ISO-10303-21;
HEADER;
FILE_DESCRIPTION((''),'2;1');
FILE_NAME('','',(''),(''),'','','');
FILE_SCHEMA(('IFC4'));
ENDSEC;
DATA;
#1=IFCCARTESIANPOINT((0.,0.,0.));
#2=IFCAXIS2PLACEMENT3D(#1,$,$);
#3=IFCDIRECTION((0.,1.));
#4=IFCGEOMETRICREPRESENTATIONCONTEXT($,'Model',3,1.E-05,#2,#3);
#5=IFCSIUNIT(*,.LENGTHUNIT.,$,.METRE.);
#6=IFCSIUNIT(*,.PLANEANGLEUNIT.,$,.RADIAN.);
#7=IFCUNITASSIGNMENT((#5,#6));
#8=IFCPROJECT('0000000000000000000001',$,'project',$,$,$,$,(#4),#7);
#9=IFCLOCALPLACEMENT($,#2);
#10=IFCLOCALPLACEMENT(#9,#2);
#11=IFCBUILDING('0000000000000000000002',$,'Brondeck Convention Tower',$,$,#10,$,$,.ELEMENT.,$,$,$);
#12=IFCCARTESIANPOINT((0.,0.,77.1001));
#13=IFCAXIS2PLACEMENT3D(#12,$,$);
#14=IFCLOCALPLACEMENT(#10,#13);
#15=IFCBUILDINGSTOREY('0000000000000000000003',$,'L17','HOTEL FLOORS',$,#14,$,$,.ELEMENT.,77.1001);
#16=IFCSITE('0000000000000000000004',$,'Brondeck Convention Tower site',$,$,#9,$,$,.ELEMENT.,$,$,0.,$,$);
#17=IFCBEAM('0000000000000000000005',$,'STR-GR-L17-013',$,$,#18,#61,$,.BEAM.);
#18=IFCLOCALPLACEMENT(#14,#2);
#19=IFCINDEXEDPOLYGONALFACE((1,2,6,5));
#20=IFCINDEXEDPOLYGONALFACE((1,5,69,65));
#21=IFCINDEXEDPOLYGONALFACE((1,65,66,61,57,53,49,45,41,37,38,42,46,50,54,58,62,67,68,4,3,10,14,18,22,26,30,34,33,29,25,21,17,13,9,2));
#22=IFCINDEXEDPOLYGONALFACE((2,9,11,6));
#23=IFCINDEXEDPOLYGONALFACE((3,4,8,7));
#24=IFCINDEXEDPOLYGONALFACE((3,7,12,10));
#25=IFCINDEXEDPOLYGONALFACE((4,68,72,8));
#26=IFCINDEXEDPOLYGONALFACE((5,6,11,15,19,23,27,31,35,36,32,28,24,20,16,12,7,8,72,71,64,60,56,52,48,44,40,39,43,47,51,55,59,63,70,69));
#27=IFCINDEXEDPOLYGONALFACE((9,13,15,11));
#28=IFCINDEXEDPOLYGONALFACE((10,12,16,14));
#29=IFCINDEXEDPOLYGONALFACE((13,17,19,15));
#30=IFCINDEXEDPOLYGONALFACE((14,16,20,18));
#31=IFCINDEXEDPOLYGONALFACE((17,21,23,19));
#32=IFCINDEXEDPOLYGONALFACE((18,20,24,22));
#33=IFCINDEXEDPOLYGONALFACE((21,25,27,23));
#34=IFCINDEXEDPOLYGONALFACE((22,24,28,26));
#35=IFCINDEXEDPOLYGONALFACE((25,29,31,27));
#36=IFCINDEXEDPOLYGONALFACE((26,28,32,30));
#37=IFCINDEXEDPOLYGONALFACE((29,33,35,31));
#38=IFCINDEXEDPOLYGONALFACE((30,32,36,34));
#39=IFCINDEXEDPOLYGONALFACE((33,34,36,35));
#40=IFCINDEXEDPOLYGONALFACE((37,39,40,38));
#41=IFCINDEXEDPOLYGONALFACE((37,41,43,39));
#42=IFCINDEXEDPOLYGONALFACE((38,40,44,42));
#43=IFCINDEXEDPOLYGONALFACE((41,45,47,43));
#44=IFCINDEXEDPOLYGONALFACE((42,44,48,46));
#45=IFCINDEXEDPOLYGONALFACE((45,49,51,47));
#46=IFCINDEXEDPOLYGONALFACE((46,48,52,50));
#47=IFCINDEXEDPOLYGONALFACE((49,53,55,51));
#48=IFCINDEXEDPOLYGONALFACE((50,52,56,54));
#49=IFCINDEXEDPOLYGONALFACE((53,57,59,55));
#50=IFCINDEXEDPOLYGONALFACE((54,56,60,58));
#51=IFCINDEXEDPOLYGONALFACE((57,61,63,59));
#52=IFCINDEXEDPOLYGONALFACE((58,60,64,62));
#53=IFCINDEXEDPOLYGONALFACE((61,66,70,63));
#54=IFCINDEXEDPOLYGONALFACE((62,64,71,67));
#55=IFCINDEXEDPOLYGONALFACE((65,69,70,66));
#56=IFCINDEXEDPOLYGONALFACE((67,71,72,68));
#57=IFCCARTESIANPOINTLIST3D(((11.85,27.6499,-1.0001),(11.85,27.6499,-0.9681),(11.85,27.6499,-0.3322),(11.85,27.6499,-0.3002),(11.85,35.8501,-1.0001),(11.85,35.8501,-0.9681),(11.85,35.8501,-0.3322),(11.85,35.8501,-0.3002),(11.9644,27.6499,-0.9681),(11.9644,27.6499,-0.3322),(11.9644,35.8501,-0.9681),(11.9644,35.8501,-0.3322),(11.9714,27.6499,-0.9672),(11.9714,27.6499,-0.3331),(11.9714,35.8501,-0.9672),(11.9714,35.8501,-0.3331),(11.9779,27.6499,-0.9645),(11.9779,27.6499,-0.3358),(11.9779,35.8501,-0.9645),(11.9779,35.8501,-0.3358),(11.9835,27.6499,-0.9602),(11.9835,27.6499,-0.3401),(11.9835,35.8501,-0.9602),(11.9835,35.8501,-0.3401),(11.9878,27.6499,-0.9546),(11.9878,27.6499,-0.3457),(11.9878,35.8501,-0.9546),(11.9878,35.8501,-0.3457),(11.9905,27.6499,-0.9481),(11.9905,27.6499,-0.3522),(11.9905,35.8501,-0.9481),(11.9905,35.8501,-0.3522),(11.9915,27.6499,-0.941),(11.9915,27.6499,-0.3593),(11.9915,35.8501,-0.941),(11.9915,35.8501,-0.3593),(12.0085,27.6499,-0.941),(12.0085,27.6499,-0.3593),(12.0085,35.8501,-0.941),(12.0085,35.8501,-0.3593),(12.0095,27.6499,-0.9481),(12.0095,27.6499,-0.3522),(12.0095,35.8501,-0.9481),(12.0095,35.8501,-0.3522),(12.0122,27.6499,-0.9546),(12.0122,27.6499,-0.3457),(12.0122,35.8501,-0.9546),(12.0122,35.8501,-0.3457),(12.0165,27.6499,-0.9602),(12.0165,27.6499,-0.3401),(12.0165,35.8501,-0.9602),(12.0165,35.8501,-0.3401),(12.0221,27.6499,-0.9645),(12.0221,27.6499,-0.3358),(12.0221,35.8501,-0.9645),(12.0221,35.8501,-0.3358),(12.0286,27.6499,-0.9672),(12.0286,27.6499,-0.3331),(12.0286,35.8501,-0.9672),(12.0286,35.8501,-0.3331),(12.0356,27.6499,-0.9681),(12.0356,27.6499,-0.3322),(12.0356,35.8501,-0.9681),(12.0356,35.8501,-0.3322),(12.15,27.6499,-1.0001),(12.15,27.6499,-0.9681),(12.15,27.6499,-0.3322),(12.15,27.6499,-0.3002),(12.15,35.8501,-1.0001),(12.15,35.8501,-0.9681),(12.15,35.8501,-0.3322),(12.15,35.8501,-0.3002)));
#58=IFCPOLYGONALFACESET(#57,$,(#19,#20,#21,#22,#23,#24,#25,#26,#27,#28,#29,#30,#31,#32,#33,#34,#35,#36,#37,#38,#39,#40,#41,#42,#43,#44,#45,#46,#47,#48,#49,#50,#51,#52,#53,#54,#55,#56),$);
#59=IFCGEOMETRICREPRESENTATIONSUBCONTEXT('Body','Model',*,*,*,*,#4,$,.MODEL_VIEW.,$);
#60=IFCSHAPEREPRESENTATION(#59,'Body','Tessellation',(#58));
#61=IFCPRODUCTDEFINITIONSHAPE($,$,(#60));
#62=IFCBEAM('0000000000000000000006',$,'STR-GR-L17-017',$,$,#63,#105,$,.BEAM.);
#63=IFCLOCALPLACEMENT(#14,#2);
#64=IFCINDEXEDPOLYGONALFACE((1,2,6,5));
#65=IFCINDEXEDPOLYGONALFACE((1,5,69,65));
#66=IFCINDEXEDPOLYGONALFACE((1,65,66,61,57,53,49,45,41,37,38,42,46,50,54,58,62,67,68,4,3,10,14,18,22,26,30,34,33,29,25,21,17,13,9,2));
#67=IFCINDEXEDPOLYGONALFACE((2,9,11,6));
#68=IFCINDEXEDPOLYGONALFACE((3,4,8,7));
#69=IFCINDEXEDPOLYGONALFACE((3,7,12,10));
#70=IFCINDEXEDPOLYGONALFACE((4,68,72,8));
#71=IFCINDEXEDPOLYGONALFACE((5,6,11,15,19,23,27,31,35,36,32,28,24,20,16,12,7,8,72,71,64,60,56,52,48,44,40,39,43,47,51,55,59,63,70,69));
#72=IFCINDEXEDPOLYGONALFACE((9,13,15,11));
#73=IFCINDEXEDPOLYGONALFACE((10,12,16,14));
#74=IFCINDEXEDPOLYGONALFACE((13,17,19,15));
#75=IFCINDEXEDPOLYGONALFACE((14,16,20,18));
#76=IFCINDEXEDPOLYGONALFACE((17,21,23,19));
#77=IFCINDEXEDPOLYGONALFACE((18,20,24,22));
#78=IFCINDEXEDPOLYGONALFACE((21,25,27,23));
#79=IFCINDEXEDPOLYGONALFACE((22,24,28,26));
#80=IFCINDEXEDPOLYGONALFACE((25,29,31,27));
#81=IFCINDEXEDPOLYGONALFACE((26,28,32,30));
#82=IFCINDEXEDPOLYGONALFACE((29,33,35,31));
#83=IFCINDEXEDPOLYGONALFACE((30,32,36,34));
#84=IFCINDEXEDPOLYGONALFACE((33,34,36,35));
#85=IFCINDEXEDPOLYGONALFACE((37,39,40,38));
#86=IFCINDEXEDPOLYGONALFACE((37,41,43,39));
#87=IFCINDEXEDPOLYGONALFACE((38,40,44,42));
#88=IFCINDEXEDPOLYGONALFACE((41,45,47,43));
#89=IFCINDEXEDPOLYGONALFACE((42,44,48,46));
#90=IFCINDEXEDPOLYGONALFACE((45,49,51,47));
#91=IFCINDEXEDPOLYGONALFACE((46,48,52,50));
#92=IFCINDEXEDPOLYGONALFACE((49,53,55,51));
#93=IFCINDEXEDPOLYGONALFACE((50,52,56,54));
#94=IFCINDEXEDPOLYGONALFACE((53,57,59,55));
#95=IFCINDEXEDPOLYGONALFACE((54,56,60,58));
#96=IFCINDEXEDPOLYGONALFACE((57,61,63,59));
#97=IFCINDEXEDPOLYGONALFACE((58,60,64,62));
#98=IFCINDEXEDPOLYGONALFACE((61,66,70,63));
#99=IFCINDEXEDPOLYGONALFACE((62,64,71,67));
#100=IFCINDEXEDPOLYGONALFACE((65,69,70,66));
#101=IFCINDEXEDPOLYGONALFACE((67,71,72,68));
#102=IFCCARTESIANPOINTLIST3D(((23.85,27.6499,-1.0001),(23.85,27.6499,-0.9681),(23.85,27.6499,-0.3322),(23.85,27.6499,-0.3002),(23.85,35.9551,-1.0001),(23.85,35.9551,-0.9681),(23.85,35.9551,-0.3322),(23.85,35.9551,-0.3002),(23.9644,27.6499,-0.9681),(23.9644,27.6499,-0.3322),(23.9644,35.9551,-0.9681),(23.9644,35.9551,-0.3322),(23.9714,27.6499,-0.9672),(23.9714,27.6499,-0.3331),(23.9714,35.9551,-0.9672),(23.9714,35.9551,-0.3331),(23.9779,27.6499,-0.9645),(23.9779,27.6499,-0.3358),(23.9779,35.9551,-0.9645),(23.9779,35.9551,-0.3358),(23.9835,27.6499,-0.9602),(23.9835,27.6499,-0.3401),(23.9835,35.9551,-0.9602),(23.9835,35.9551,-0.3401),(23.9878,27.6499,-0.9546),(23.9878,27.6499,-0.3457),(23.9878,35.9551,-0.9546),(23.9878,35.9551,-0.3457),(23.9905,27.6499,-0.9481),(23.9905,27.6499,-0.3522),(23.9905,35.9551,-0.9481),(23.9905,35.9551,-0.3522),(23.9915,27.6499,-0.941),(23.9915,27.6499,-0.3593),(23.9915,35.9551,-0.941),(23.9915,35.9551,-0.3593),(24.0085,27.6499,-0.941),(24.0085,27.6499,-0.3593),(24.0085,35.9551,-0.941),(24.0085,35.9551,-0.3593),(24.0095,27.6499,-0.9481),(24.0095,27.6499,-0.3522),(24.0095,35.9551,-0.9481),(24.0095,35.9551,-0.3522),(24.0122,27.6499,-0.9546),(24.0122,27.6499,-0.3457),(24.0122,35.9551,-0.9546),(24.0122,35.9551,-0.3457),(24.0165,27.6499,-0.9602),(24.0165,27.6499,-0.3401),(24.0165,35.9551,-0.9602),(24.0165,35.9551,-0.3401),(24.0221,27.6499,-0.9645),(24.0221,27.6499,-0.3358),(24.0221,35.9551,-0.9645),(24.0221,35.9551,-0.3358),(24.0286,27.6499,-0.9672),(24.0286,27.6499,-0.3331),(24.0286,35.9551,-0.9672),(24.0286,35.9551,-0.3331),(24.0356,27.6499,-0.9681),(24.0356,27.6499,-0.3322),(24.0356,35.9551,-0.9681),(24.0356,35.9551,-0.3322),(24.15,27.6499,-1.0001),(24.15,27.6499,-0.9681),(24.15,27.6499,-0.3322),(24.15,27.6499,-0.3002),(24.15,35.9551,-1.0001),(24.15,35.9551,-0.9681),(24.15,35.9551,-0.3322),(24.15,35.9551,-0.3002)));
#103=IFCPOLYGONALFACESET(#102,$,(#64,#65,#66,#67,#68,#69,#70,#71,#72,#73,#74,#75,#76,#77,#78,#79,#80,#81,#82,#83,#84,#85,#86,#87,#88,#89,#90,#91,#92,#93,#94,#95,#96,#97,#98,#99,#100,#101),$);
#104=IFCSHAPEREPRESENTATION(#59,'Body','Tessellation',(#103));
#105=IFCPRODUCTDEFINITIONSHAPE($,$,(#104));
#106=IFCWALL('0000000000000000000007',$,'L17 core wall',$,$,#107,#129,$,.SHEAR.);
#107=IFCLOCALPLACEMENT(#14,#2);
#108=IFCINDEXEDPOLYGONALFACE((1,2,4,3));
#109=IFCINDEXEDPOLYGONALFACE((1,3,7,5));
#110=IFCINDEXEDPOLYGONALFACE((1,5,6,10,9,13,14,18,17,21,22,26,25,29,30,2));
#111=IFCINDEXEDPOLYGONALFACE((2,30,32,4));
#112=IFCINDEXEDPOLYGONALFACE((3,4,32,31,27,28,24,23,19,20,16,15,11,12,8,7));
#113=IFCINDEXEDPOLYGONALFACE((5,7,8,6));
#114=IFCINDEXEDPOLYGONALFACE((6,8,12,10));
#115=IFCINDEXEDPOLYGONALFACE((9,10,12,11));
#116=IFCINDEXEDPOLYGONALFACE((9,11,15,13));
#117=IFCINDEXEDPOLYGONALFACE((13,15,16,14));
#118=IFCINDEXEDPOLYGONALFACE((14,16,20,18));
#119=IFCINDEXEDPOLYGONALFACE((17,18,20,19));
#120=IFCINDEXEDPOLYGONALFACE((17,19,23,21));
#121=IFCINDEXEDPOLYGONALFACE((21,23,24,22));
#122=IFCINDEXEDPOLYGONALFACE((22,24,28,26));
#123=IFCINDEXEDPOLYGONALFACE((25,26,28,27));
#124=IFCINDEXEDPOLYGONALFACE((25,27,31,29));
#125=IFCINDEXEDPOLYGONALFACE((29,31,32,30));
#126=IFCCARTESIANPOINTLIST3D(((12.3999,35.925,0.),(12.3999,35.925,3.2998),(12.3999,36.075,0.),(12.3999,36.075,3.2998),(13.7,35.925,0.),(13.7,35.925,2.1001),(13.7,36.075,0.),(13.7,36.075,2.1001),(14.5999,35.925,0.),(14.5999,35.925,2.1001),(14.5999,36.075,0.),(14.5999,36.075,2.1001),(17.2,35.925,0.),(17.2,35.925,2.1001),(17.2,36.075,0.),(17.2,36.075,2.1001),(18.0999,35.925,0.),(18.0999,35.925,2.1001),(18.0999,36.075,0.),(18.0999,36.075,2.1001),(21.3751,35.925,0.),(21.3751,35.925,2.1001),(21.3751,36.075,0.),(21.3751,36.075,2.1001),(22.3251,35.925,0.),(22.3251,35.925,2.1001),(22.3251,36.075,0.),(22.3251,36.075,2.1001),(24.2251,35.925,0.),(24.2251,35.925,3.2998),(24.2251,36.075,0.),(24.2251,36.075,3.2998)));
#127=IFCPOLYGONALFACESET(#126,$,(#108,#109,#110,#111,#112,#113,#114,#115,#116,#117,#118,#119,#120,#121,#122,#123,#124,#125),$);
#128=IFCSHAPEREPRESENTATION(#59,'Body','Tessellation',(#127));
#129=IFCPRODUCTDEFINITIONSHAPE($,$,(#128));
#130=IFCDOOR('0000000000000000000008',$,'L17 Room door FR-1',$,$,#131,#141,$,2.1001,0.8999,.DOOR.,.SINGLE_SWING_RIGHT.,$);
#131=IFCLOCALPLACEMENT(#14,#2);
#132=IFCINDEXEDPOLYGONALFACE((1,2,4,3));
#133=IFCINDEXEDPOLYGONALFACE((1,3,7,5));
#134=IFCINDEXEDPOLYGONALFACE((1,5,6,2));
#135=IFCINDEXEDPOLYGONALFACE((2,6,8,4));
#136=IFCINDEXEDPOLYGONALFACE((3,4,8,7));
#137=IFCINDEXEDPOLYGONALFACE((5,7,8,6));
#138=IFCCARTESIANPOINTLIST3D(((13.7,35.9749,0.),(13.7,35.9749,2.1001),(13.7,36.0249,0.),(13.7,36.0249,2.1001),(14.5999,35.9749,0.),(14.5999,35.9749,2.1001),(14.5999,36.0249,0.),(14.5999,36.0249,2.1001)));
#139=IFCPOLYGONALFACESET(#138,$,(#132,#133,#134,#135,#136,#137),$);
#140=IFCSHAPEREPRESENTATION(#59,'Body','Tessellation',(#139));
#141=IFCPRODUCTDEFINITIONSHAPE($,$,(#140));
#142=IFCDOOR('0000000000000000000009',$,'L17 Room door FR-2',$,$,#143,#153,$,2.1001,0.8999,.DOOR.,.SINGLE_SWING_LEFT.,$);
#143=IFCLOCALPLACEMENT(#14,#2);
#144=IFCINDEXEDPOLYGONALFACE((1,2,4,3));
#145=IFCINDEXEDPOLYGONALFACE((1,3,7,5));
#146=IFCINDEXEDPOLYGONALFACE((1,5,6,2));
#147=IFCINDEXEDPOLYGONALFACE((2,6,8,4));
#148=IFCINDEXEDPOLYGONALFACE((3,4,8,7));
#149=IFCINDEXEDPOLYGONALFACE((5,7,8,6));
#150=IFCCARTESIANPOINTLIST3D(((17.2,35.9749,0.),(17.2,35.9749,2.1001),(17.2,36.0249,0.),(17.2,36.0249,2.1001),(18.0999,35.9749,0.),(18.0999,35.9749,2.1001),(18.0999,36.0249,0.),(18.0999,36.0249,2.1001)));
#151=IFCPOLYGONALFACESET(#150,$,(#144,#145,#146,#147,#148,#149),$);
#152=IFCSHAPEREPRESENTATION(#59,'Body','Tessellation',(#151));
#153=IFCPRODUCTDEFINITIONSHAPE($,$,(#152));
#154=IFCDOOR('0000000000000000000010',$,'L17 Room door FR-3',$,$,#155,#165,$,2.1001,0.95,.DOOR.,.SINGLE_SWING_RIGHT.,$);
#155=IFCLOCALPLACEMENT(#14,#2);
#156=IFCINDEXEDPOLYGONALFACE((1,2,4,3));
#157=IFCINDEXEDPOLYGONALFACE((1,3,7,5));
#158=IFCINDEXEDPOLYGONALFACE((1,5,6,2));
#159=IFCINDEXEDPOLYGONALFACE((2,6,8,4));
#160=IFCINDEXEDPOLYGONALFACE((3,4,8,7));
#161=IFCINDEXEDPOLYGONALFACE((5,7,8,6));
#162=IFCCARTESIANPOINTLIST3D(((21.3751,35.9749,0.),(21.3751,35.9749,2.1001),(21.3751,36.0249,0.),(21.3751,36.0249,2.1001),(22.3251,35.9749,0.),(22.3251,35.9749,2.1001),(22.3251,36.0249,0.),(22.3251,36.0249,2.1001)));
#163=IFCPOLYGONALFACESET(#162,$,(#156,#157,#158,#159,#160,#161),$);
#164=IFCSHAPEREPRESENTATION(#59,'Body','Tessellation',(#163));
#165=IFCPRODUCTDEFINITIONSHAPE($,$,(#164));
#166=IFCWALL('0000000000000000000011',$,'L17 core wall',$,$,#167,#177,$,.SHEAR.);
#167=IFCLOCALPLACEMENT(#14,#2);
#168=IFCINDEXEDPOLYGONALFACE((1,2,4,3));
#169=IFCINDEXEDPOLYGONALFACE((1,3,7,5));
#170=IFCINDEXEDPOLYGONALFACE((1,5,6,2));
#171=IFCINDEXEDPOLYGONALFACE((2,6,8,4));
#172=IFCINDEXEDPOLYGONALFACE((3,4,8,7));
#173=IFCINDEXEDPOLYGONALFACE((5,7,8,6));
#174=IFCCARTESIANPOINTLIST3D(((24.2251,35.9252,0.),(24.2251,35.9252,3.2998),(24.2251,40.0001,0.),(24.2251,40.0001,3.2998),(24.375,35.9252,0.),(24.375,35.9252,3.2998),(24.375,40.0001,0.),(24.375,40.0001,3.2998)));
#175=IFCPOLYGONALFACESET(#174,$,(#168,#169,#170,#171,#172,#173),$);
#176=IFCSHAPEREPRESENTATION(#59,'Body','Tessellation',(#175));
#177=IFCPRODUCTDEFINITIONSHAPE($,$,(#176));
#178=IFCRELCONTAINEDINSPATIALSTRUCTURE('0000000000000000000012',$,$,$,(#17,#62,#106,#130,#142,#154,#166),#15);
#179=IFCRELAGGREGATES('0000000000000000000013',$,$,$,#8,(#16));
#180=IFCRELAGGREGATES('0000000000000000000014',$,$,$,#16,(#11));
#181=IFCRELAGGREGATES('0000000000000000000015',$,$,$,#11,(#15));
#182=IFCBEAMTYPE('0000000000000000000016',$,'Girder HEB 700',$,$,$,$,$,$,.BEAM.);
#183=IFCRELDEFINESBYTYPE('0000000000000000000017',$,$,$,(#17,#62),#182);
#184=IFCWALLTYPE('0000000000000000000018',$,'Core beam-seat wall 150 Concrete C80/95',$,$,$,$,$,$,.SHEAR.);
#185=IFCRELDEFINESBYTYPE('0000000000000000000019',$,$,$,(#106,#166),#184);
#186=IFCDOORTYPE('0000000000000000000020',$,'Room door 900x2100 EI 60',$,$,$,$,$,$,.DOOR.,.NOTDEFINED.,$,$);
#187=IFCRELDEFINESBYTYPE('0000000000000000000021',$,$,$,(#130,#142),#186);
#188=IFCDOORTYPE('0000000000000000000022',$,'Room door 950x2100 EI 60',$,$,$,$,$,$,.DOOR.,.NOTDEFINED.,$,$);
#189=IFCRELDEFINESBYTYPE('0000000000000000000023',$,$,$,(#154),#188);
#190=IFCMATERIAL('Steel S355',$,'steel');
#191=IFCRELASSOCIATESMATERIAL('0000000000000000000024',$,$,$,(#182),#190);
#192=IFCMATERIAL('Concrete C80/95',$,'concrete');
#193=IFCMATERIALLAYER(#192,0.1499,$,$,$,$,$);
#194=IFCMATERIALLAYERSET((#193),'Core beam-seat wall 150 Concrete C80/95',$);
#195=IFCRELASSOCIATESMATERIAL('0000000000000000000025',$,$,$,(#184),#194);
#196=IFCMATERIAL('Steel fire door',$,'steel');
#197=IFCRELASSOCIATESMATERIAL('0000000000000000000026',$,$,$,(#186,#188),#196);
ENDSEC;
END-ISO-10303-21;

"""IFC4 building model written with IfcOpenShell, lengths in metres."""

from ifc_helpers import new_model, si_unit, direction, frame, frame_2d, origin, origin_2d, place, context, subcontext, project, spatial, rectangle, i_section, extrude, material, layer, layer_set, material_profile, profile_set, type_object, element, fill, save


model = new_model("IFC4")

# Units and contexts
model_context = context("Model", 3, precision=1e-05, world=origin(), true_north=direction((0.0, 1.0)))
body_context = subcontext(model_context, "Body", "Model", "MODEL_VIEW")
ifc_project = project(units=[si_unit("LENGTHUNIT", "METRE"), si_unit("PLANEANGLEUNIT", "RADIAN")], contexts=[model_context])

# Site, building, storey
site_placement = place(None, origin())
site = spatial("IfcSite", under=ifc_project, at=site_placement, Name="Brondeck Convention Tower site", CompositionType="ELEMENT", RefElevation=0.0)
building_placement = place(site_placement, origin())
building = spatial("IfcBuilding", under=site, at=building_placement, Name="Brondeck Convention Tower", CompositionType="ELEMENT")
storey_placement = place(building_placement, frame((0.0, 0.0, 77.1001)))
storey = spatial("IfcBuildingStorey", under=building, at=storey_placement, Name="L17", Description="HOTEL FLOORS", CompositionType="ELEMENT", Elevation=77.1001)

# Beams
ifc_material_1 = material(Name="Steel S355", Category="steel")
ifc_material_profile = material_profile(ifc_material_1, i_section(OverallWidth=0.3, OverallDepth=0.7, WebThickness=0.0171, FlangeThickness=0.032, FilletRadius=0.0271, at=origin_2d()), Name="HEB 700")
ifc_profile_set = profile_set([ifc_material_profile], Name="Steel S355")
beam_type = type_object("IfcBeamType", Name="Girder HEB 700", PredefinedType="BEAM", material=ifc_profile_set)
beam_1_placement = place(storey_placement, frame((12.0, 35.8501, -0.6501), z_axis=(0.0, -1.0, 0.0), x_axis=(1.0, 0.0, 0.0)))
element("IfcBeam", 1, at=beam_1_placement, inside=storey, type_object=beam_type, Name="STR-GR-L17-013", PredefinedType="BEAM", context=body_context, shape_type="SweptSolid", body=[
    extrude(i_section(OverallWidth=0.3, OverallDepth=0.7, WebThickness=0.0171, FlangeThickness=0.032, FilletRadius=0.0271, at=origin_2d()), origin(), (0.0, 0.0, 1.0), 8.2002),
])
beam_2_placement = place(storey_placement, frame((24.0, 35.9551, -0.6501), z_axis=(0.0, -1.0, 0.0), x_axis=(1.0, 0.0, 0.0)))
element("IfcBeam", 2, at=beam_2_placement, inside=storey, type_object=beam_type, Name="STR-GR-L17-017", PredefinedType="BEAM", context=body_context, shape_type="SweptSolid", body=[
    extrude(i_section(OverallWidth=0.3, OverallDepth=0.7, WebThickness=0.0171, FlangeThickness=0.032, FilletRadius=0.0271, at=origin_2d()), origin(), (0.0, 0.0, 1.0), 8.3052),
])

# Wall, openings, doors
ifc_material_2 = material(Name="Concrete C80/95", Category="concrete")
ifc_layer_1 = layer(ifc_material_2, 0.1499)
ifc_layer_set_1 = layer_set([ifc_layer_1], Name="Core beam-seat wall 150 Concrete C80/95")
wall_type_1 = type_object("IfcWallType", Name="Core beam-seat wall 150 Concrete C80/95", PredefinedType="SHEAR", material=ifc_layer_set_1)
wall_1_placement = place(storey_placement, frame((12.3999, 36.0, 0.0), z_axis=(0.0, 0.0, 1.0), x_axis=(1.0, 0.0, 0.0)))
wall_1 = element("IfcWall", 3, at=wall_1_placement, inside=storey, type_object=wall_type_1, Name="L17 core wall", PredefinedType="SHEAR", context=body_context, shape_type="SweptSolid", body=[
    extrude(rectangle(XDim=11.8252, YDim=0.1499, at=frame_2d((5.9126, 0.0))), origin(), (0.0, 0.0, 1.0), 3.2998),
])
opening_1_placement = place(wall_1_placement, frame((1.3, 0.0, 0.0)))
opening_1 = element("IfcOpeningElement", 4, at=opening_1_placement, cuts=wall_1, PredefinedType="OPENING", context=body_context, shape_type="SweptSolid", body=[
    extrude(rectangle(XDim=0.8999, YDim=2.1001, at=frame_2d((0.45, 1.05))), frame((0.0, 0.085, 0.0), z_axis=(0.0, -1.0, 0.0), x_axis=(1.0, 0.0, 0.0)), (0.0, 0.0, 1.0), 0.1699),
])
opening_2_placement = place(wall_1_placement, frame((4.8, 0.0, 0.0)))
opening_2 = element("IfcOpeningElement", 5, at=opening_2_placement, cuts=wall_1, PredefinedType="OPENING", context=body_context, shape_type="SweptSolid", body=[
    extrude(rectangle(XDim=0.8999, YDim=2.1001, at=frame_2d((0.45, 1.05))), frame((0.0, 0.085, 0.0), z_axis=(0.0, -1.0, 0.0), x_axis=(1.0, 0.0, 0.0)), (0.0, 0.0, 1.0), 0.1699),
])
opening_3_placement = place(wall_1_placement, frame((8.9751, 0.0, 0.0)))
opening_3 = element("IfcOpeningElement", 6, at=opening_3_placement, cuts=wall_1, PredefinedType="OPENING", context=body_context, shape_type="SweptSolid", body=[
    extrude(rectangle(XDim=0.95, YDim=2.1001, at=frame_2d((0.4751, 1.05))), frame((0.0, 0.085, 0.0), z_axis=(0.0, -1.0, 0.0), x_axis=(1.0, 0.0, 0.0)), (0.0, 0.0, 1.0), 0.1699),
])
ifc_material_3 = material(Name="Steel fire door", Category="steel")
door_type_1 = type_object("IfcDoorType", Name="Room door 900x2100 EI 60", OperationType="NOTDEFINED", PredefinedType="DOOR", material=ifc_material_3)
door_1_placement = place(opening_1_placement, origin())
door_1 = element("IfcDoor", 7, at=door_1_placement, inside=storey, type_object=door_type_1, Name="L17 Room door FR-1", OperationType="SINGLE_SWING_RIGHT", OverallHeight=2.1001, OverallWidth=0.8999, PredefinedType="DOOR", context=body_context, shape_type="SweptSolid", body=[
    extrude(rectangle(XDim=0.8999, YDim=2.1001, at=frame_2d((0.45, 1.05))), frame((0.0, 0.0249, 0.0), z_axis=(0.0, -1.0, 0.0), x_axis=(1.0, 0.0, 0.0)), (0.0, 0.0, 1.0), 0.05),
])
fill(opening_1, door_1)
door_2_placement = place(opening_2_placement, origin())
door_2 = element("IfcDoor", 8, at=door_2_placement, inside=storey, type_object=door_type_1, Name="L17 Room door FR-2", OperationType="SINGLE_SWING_LEFT", OverallHeight=2.1001, OverallWidth=0.8999, PredefinedType="DOOR", context=body_context, shape_type="SweptSolid", body=[
    extrude(rectangle(XDim=0.8999, YDim=2.1001, at=frame_2d((0.45, 1.05))), frame((0.0, 0.0249, 0.0), z_axis=(0.0, -1.0, 0.0), x_axis=(1.0, 0.0, 0.0)), (0.0, 0.0, 1.0), 0.05),
])
fill(opening_2, door_2)
door_type_2 = type_object("IfcDoorType", Name="Room door 950x2100 EI 60", OperationType="NOTDEFINED", PredefinedType="DOOR", material=ifc_material_3)
door_3_placement = place(opening_3_placement, origin())
door_3 = element("IfcDoor", 9, at=door_3_placement, inside=storey, type_object=door_type_2, Name="L17 Room door FR-3", OperationType="SINGLE_SWING_RIGHT", OverallHeight=2.1001, OverallWidth=0.95, PredefinedType="DOOR", context=body_context, shape_type="SweptSolid", body=[
    extrude(rectangle(XDim=0.95, YDim=2.1001, at=frame_2d((0.4751, 1.05))), frame((0.0, 0.0249, 0.0), z_axis=(0.0, -1.0, 0.0), x_axis=(1.0, 0.0, 0.0)), (0.0, 0.0, 1.0), 0.05),
])
fill(opening_3, door_3)

# Wall
wall_2_placement = place(storey_placement, frame((24.3, 35.925, 0.0), z_axis=(0.0, 0.0, 1.0), x_axis=(0.0, 1.0, 0.0)))
element("IfcWall", 10, at=wall_2_placement, inside=storey, type_object=wall_type_1, Name="L17 core wall", PredefinedType="SHEAR", context=body_context, shape_type="SweptSolid", body=[
    extrude(rectangle(XDim=4.075, YDim=0.1499, at=frame_2d((2.0376, 0.0))), origin(), (0.0, 0.0, 1.0), 3.2998),
])

save(model, "model.ifc")
